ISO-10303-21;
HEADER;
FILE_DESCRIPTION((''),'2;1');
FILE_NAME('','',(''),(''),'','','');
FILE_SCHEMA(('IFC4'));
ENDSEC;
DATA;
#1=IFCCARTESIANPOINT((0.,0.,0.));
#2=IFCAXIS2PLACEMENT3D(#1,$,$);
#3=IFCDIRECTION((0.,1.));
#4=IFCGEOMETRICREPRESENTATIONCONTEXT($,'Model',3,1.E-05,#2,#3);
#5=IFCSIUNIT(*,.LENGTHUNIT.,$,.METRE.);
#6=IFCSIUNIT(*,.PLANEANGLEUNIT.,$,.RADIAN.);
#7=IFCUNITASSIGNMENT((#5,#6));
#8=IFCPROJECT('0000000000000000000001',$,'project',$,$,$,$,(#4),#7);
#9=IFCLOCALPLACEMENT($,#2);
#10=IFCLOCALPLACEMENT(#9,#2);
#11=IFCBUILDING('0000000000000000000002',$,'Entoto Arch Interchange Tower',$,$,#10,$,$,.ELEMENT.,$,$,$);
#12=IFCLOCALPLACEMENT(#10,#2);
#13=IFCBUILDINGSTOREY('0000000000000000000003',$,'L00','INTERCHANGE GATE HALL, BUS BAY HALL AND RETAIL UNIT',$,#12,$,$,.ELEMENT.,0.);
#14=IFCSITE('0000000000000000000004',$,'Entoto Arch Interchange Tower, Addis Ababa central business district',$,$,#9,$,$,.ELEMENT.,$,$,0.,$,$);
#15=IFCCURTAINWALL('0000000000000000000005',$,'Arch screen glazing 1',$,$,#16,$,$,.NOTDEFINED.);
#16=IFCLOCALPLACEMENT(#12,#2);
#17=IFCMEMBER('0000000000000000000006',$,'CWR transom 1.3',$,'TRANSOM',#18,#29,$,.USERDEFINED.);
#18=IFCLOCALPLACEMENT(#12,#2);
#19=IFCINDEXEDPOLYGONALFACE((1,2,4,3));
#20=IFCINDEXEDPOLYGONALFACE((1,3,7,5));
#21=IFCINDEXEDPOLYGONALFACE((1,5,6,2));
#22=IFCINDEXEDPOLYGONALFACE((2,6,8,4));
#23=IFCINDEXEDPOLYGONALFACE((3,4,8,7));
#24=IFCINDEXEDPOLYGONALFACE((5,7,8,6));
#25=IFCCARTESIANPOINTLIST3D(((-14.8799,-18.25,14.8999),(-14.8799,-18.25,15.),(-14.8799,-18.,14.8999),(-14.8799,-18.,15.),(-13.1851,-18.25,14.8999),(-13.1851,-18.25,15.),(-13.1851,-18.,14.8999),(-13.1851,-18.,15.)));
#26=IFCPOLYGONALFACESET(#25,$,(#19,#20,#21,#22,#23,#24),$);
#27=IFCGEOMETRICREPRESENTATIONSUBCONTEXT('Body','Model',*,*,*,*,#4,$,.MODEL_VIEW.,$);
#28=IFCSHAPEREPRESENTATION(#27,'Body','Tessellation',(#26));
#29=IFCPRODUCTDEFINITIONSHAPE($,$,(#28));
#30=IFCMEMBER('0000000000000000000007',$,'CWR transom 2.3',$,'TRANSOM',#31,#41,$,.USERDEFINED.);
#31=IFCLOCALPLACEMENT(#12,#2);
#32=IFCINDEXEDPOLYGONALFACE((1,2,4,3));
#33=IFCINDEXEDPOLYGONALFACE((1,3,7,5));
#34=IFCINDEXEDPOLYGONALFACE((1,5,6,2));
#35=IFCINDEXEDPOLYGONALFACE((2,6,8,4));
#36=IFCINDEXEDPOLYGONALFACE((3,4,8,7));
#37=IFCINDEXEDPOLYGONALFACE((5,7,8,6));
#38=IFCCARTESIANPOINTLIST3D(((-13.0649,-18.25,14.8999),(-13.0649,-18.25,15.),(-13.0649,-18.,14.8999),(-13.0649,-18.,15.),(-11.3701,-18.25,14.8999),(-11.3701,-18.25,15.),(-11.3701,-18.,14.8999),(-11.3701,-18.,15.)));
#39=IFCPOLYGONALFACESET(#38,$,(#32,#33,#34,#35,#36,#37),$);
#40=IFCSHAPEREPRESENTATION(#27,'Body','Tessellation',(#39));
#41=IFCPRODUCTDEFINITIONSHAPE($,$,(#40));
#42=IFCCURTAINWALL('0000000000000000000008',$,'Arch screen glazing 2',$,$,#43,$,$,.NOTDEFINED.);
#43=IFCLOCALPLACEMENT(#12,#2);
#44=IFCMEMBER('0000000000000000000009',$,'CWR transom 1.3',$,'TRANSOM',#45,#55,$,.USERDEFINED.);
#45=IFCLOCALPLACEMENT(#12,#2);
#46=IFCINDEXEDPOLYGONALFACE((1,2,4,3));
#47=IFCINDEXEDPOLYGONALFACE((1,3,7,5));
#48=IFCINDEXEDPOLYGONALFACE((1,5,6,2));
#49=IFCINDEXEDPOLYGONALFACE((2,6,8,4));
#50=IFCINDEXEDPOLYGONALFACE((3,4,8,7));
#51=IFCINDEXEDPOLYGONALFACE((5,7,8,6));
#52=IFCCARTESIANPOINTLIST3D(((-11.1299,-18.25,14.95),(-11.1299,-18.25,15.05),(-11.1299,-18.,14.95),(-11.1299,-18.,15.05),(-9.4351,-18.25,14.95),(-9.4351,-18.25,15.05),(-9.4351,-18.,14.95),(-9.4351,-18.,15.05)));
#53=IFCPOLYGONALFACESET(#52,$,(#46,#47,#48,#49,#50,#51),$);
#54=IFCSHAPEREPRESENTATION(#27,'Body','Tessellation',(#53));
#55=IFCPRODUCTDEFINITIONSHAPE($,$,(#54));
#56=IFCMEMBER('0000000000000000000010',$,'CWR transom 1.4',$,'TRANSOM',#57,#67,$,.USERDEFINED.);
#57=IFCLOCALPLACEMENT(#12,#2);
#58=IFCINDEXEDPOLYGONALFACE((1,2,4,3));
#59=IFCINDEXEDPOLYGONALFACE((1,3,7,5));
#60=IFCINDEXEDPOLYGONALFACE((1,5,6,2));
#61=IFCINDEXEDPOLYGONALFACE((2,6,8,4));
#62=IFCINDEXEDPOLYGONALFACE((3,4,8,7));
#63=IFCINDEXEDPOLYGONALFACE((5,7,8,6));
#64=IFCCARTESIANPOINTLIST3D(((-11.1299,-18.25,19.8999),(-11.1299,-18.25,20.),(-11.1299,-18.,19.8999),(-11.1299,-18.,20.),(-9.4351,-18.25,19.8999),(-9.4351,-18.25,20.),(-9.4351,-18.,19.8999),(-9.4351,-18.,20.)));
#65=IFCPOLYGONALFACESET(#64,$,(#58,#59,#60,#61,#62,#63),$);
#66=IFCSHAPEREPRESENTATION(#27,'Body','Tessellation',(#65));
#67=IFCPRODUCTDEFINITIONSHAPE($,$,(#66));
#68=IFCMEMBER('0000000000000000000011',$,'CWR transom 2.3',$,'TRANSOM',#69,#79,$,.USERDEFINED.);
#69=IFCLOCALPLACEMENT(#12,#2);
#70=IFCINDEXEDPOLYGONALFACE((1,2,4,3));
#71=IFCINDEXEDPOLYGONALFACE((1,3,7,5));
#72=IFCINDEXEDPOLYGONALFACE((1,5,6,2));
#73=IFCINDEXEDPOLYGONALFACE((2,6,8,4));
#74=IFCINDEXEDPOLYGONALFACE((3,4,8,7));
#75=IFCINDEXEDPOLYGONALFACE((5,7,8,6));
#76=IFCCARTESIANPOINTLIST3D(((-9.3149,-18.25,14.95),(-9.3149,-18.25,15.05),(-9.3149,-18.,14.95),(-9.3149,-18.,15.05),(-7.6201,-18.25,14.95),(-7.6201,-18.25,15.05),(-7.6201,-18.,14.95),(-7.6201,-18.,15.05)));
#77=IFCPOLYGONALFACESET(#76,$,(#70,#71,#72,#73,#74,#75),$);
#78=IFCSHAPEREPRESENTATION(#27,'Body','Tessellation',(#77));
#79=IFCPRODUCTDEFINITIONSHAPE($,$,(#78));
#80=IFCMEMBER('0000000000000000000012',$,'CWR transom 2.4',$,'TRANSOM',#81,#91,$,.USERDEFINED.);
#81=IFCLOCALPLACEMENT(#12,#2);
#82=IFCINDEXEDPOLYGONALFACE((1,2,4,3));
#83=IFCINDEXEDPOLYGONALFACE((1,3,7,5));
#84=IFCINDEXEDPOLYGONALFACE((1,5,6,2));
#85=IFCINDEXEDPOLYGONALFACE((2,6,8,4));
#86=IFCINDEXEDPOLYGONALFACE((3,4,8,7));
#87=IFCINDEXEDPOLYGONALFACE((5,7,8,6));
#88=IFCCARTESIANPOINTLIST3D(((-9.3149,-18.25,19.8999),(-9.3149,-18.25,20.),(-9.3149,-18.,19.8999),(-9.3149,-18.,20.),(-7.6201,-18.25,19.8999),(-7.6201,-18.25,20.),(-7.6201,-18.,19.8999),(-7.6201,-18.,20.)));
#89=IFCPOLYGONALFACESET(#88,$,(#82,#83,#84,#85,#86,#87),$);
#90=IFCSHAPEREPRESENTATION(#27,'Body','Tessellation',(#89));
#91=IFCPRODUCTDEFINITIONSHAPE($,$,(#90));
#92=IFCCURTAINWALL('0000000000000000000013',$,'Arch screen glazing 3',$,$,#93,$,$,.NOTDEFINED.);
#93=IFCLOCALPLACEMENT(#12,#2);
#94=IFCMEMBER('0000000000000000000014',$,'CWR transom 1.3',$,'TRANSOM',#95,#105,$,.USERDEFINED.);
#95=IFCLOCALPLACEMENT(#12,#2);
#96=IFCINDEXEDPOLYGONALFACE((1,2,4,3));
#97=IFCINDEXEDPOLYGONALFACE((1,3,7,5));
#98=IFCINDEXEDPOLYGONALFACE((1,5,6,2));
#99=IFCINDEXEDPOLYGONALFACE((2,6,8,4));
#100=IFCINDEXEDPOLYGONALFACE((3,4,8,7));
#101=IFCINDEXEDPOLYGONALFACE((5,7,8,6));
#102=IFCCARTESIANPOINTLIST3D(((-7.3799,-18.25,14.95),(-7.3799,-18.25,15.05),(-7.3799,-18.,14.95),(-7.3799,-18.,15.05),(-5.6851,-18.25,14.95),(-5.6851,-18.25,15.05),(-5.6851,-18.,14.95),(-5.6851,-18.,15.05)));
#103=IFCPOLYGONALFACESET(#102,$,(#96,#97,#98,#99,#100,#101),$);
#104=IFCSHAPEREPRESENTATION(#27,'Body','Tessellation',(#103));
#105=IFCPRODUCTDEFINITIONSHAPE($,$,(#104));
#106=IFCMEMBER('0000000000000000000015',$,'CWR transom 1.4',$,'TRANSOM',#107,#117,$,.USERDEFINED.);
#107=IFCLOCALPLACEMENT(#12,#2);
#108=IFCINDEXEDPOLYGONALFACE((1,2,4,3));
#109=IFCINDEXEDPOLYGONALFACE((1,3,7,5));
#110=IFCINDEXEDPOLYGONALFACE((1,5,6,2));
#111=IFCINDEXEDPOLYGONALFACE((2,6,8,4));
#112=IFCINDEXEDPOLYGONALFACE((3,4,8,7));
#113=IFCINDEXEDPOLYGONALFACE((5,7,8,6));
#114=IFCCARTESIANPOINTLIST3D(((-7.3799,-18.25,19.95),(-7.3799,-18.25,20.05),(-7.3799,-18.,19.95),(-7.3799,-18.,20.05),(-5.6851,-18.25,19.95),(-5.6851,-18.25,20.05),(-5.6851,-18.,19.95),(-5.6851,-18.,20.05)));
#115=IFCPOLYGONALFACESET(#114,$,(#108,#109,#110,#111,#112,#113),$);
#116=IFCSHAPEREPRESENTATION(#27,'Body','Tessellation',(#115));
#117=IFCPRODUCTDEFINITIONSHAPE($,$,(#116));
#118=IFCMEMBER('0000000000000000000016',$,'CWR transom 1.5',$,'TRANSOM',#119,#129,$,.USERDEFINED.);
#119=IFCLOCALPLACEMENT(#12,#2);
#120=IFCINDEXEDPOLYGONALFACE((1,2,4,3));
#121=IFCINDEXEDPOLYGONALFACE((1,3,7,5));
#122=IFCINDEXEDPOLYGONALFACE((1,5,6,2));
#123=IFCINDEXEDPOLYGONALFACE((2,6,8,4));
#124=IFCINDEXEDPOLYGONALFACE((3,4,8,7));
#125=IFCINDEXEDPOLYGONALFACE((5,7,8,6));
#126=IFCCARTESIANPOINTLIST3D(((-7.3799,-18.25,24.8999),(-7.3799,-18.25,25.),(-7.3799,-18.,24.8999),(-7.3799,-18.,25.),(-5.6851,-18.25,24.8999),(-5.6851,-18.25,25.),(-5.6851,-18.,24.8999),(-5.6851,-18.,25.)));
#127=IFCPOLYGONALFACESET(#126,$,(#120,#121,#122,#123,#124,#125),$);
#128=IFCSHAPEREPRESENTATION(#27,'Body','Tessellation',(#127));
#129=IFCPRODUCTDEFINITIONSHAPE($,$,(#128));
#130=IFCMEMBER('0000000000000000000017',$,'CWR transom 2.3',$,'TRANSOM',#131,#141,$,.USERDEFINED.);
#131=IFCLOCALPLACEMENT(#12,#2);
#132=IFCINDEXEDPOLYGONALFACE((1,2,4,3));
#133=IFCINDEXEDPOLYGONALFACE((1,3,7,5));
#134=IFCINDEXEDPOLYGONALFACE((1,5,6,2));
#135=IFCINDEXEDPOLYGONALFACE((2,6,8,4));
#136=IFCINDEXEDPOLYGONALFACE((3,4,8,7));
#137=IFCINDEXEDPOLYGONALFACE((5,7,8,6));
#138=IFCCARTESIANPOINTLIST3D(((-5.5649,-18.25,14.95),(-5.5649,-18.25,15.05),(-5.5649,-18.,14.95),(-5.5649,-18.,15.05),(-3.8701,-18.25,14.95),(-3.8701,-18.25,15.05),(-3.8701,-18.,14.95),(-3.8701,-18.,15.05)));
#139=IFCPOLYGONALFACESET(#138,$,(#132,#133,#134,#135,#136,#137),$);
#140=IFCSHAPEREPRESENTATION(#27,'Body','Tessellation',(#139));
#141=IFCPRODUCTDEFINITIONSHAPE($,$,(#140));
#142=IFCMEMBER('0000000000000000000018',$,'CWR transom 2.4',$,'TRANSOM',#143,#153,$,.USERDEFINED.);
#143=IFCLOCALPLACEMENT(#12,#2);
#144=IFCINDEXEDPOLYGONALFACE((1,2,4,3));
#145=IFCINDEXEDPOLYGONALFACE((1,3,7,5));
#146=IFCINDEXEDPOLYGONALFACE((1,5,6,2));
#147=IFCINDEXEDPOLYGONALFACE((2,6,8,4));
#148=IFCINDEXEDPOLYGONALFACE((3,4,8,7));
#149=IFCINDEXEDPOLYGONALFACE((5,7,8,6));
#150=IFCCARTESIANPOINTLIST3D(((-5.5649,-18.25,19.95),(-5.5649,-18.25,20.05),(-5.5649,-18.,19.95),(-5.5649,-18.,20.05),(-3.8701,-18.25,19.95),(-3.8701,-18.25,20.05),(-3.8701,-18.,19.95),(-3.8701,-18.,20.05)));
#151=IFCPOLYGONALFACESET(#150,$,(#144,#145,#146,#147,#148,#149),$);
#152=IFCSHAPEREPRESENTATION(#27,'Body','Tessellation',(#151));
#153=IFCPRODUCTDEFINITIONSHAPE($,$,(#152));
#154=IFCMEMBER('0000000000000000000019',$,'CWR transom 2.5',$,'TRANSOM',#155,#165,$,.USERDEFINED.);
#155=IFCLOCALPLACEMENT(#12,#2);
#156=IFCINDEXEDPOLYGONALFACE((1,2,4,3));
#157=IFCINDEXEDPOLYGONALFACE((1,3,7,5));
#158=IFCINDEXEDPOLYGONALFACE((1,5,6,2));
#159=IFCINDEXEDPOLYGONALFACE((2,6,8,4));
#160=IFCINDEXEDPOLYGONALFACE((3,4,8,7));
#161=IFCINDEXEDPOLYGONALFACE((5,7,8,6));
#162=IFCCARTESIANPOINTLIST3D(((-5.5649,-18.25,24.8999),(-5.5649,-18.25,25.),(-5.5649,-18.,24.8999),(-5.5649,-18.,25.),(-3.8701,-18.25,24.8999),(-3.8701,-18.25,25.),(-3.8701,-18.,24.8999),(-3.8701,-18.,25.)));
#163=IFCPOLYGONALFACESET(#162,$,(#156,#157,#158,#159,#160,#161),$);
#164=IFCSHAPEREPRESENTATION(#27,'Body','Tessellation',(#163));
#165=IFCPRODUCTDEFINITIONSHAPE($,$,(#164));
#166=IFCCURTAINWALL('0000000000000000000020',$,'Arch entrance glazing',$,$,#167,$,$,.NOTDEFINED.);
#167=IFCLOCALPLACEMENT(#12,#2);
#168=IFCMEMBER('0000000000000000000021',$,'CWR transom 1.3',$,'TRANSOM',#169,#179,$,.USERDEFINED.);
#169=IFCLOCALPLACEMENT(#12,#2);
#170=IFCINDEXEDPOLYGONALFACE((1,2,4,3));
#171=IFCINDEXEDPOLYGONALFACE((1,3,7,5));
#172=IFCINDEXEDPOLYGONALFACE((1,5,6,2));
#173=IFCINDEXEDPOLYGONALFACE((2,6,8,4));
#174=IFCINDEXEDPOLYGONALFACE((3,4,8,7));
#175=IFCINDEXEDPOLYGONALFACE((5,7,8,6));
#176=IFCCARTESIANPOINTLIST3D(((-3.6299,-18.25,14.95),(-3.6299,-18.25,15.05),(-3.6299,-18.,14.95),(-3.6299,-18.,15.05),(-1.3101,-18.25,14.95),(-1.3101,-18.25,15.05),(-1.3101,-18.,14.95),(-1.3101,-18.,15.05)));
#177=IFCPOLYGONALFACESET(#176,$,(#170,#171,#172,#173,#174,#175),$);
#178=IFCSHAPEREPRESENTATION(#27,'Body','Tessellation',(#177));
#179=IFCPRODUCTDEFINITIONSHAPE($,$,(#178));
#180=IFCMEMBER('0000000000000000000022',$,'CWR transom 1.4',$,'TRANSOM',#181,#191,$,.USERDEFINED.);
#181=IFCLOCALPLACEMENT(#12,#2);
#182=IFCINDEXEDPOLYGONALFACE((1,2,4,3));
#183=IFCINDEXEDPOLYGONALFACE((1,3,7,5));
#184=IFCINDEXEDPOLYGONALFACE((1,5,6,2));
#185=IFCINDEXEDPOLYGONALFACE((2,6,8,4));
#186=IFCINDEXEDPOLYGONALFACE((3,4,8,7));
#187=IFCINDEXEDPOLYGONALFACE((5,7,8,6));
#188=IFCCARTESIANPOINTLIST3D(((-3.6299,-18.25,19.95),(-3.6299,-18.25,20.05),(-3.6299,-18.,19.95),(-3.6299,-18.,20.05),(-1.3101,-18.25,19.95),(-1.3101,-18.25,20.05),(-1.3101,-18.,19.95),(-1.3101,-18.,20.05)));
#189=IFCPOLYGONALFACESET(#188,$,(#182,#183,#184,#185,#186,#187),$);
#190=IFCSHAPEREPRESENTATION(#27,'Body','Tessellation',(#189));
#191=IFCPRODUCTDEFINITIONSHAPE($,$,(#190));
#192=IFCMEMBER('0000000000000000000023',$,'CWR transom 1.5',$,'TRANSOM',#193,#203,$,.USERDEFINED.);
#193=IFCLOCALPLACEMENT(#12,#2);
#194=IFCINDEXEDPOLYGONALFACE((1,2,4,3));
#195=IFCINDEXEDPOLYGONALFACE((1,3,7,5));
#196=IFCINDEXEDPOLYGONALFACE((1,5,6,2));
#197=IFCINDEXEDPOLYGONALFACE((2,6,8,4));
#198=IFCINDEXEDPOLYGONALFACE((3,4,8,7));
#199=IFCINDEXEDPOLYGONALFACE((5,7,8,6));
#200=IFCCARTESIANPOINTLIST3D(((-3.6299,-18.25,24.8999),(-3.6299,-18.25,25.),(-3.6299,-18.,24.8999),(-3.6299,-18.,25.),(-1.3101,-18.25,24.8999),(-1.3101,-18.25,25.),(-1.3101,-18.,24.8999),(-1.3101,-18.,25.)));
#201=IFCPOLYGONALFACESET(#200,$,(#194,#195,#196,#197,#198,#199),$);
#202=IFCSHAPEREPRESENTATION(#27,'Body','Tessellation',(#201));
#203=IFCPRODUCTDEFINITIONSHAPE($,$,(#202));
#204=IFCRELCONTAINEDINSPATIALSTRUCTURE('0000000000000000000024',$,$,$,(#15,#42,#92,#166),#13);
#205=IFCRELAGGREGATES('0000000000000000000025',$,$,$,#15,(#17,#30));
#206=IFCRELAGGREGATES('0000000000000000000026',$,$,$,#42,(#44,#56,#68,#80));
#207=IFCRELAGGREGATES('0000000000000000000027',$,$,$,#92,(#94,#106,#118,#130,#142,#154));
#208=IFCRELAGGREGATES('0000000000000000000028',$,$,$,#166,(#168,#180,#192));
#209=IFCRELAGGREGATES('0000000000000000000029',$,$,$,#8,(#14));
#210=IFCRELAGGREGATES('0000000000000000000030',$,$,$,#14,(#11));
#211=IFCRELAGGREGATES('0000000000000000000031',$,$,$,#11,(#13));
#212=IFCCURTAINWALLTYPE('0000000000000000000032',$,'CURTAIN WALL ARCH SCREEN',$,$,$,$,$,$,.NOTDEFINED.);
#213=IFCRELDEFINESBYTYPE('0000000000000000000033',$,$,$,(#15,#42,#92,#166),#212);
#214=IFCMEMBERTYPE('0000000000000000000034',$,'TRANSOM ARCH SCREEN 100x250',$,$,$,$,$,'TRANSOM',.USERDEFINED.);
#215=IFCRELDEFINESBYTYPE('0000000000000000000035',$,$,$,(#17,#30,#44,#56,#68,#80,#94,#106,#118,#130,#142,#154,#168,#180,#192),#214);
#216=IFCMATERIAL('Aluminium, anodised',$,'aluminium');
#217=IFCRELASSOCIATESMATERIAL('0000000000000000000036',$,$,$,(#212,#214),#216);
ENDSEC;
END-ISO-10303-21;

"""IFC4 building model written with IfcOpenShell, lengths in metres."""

from ifc_helpers import new_model, si_unit, direction, frame, origin, origin_2d, place, context, subcontext, project, spatial, rectangle, extrude, material, material_profile, profile_set, type_object, element, aggregate, save


model = new_model("IFC4")

# Units and contexts
model_context = context("Model", 3, precision=1e-05, world=origin(), true_north=direction((0.0, 1.0)))
body_context = subcontext(model_context, "Body", "Model", "MODEL_VIEW")
ifc_project = project(units=[si_unit("LENGTHUNIT", "METRE"), si_unit("PLANEANGLEUNIT", "RADIAN")], contexts=[model_context])

# Site, building, storey
site_placement = place(None, origin())
site = spatial("IfcSite", under=ifc_project, at=site_placement, Name="Entoto Arch Interchange Tower, Addis Ababa central business district", CompositionType="ELEMENT", RefElevation=0.0)
building_placement = place(site_placement, origin())
building = spatial("IfcBuilding", under=site, at=building_placement, Name="Entoto Arch Interchange Tower", CompositionType="ELEMENT")
storey_placement = place(building_placement, origin())
storey = spatial("IfcBuildingStorey", under=building, at=storey_placement, Name="L00", Description="INTERCHANGE GATE HALL, BUS BAY HALL AND RETAIL UNIT", CompositionType="ELEMENT", Elevation=0.0)

# Curtain walls, members
ifc_material_1 = material(Name="Aluminium, anodised", Category="aluminium")
curtain_wall_type = type_object("IfcCurtainWallType", Name="CURTAIN WALL ARCH SCREEN", PredefinedType="NOTDEFINED", material=ifc_material_1)
curtain_wall_1_placement = place(storey_placement, origin())
curtain_wall_1 = element("IfcCurtainWall", 1, at=curtain_wall_1_placement, inside=storey, type_object=curtain_wall_type, Name="Arch screen glazing 1", PredefinedType="NOTDEFINED")
ifc_material_profile = material_profile(ifc_material_1, rectangle(XDim=0.25, YDim=0.1001, at=origin_2d()))
ifc_profile_set = profile_set([ifc_material_profile], Name="Aluminium, anodised")
member_type = type_object("IfcMemberType", Name="TRANSOM ARCH SCREEN 100x250", ElementType="TRANSOM", PredefinedType="USERDEFINED", material=ifc_profile_set)
member_1_placement = place(storey_placement, frame((-14.8799, -18.125, 14.95), z_axis=(1.0, 0.0, 0.0), x_axis=(0.0, 1.0, 0.0)))
member_1 = element("IfcMember", 2, at=member_1_placement, type_object=member_type, Name="CWR transom 1.3", ObjectType="TRANSOM", PredefinedType="USERDEFINED", context=body_context, shape_type="SweptSolid", body=[
    extrude(rectangle(XDim=0.25, YDim=0.1001, at=origin_2d()), origin(), (0.0, 0.0, 1.0), 1.6948),
])
member_2_placement = place(storey_placement, frame((-13.0649, -18.125, 14.95), z_axis=(1.0, 0.0, 0.0), x_axis=(0.0, 1.0, 0.0)))
member_2 = element("IfcMember", 3, at=member_2_placement, type_object=member_type, Name="CWR transom 2.3", ObjectType="TRANSOM", PredefinedType="USERDEFINED", context=body_context, shape_type="SweptSolid", body=[
    extrude(rectangle(XDim=0.25, YDim=0.1001, at=origin_2d()), origin(), (0.0, 0.0, 1.0), 1.6948),
])
aggregate(curtain_wall_1, [member_1, member_2])
curtain_wall_2_placement = place(storey_placement, origin())
curtain_wall_2 = element("IfcCurtainWall", 4, at=curtain_wall_2_placement, inside=storey, type_object=curtain_wall_type, Name="Arch screen glazing 2", PredefinedType="NOTDEFINED")
member_3_placement = place(storey_placement, frame((-11.1299, -18.125, 15.0), z_axis=(1.0, 0.0, 0.0), x_axis=(0.0, 1.0, 0.0)))
member_3 = element("IfcMember", 5, at=member_3_placement, type_object=member_type, Name="CWR transom 1.3", ObjectType="TRANSOM", PredefinedType="USERDEFINED", context=body_context, shape_type="SweptSolid", body=[
    extrude(rectangle(XDim=0.25, YDim=0.1001, at=origin_2d()), origin(), (0.0, 0.0, 1.0), 1.6948),
])
member_4_placement = place(storey_placement, frame((-11.1299, -18.125, 19.95), z_axis=(1.0, 0.0, 0.0), x_axis=(0.0, 1.0, 0.0)))
member_4 = element("IfcMember", 6, at=member_4_placement, type_object=member_type, Name="CWR transom 1.4", ObjectType="TRANSOM", PredefinedType="USERDEFINED", context=body_context, shape_type="SweptSolid", body=[
    extrude(rectangle(XDim=0.25, YDim=0.1001, at=origin_2d()), origin(), (0.0, 0.0, 1.0), 1.6948),
])
member_5_placement = place(storey_placement, frame((-9.3149, -18.125, 15.0), z_axis=(1.0, 0.0, 0.0), x_axis=(0.0, 1.0, 0.0)))
member_5 = element("IfcMember", 7, at=member_5_placement, type_object=member_type, Name="CWR transom 2.3", ObjectType="TRANSOM", PredefinedType="USERDEFINED", context=body_context, shape_type="SweptSolid", body=[
    extrude(rectangle(XDim=0.25, YDim=0.1001, at=origin_2d()), origin(), (0.0, 0.0, 1.0), 1.6948),
])
member_6_placement = place(storey_placement, frame((-9.3149, -18.125, 19.95), z_axis=(1.0, 0.0, 0.0), x_axis=(0.0, 1.0, 0.0)))
member_6 = element("IfcMember", 8, at=member_6_placement, type_object=member_type, Name="CWR transom 2.4", ObjectType="TRANSOM", PredefinedType="USERDEFINED", context=body_context, shape_type="SweptSolid", body=[
    extrude(rectangle(XDim=0.25, YDim=0.1001, at=origin_2d()), origin(), (0.0, 0.0, 1.0), 1.6948),
])
curtain_wall_3_placement = place(storey_placement, origin())
curtain_wall_3 = element("IfcCurtainWall", 9, at=curtain_wall_3_placement, inside=storey, type_object=curtain_wall_type, Name="Arch screen glazing 3", PredefinedType="NOTDEFINED")
member_7_placement = place(storey_placement, frame((-7.3799, -18.125, 15.0), z_axis=(1.0, 0.0, 0.0), x_axis=(0.0, 1.0, 0.0)))
member_7 = element("IfcMember", 10, at=member_7_placement, type_object=member_type, Name="CWR transom 1.3", ObjectType="TRANSOM", PredefinedType="USERDEFINED", context=body_context, shape_type="SweptSolid", body=[
    extrude(rectangle(XDim=0.25, YDim=0.1001, at=origin_2d()), origin(), (0.0, 0.0, 1.0), 1.6948),
])
member_8_placement = place(storey_placement, frame((-7.3799, -18.125, 20.0), z_axis=(1.0, 0.0, 0.0), x_axis=(0.0, 1.0, 0.0)))
member_8 = element("IfcMember", 11, at=member_8_placement, type_object=member_type, Name="CWR transom 1.4", ObjectType="TRANSOM", PredefinedType="USERDEFINED", context=body_context, shape_type="SweptSolid", body=[
    extrude(rectangle(XDim=0.25, YDim=0.1001, at=origin_2d()), origin(), (0.0, 0.0, 1.0), 1.6948),
])
member_9_placement = place(storey_placement, frame((-7.3799, -18.125, 24.95), z_axis=(1.0, 0.0, 0.0), x_axis=(0.0, 1.0, 0.0)))
member_9 = element("IfcMember", 12, at=member_9_placement, type_object=member_type, Name="CWR transom 1.5", ObjectType="TRANSOM", PredefinedType="USERDEFINED", context=body_context, shape_type="SweptSolid", body=[
    extrude(rectangle(XDim=0.25, YDim=0.1001, at=origin_2d()), origin(), (0.0, 0.0, 1.0), 1.6948),
])
member_10_placement = place(storey_placement, frame((-5.5649, -18.125, 15.0), z_axis=(1.0, 0.0, 0.0), x_axis=(0.0, 1.0, 0.0)))
member_10 = element("IfcMember", 13, at=member_10_placement, type_object=member_type, Name="CWR transom 2.3", ObjectType="TRANSOM", PredefinedType="USERDEFINED", context=body_context, shape_type="SweptSolid", body=[
    extrude(rectangle(XDim=0.25, YDim=0.1001, at=origin_2d()), origin(), (0.0, 0.0, 1.0), 1.6948),
])
member_11_placement = place(storey_placement, frame((-5.5649, -18.125, 20.0), z_axis=(1.0, 0.0, 0.0), x_axis=(0.0, 1.0, 0.0)))
member_11 = element("IfcMember", 14, at=member_11_placement, type_object=member_type, Name="CWR transom 2.4", ObjectType="TRANSOM", PredefinedType="USERDEFINED", context=body_context, shape_type="SweptSolid", body=[
    extrude(rectangle(XDim=0.25, YDim=0.1001, at=origin_2d()), origin(), (0.0, 0.0, 1.0), 1.6948),
])
member_12_placement = place(storey_placement, frame((-5.5649, -18.125, 24.95), z_axis=(1.0, 0.0, 0.0), x_axis=(0.0, 1.0, 0.0)))
member_12 = element("IfcMember", 15, at=member_12_placement, type_object=member_type, Name="CWR transom 2.5", ObjectType="TRANSOM", PredefinedType="USERDEFINED", context=body_context, shape_type="SweptSolid", body=[
    extrude(rectangle(XDim=0.25, YDim=0.1001, at=origin_2d()), origin(), (0.0, 0.0, 1.0), 1.6948),
])
curtain_wall_4_placement = place(storey_placement, origin())
curtain_wall_4 = element("IfcCurtainWall", 16, at=curtain_wall_4_placement, inside=storey, type_object=curtain_wall_type, Name="Arch entrance glazing", PredefinedType="NOTDEFINED")
member_13_placement = place(storey_placement, frame((-3.6299, -18.125, 15.0), z_axis=(1.0, 0.0, 0.0), x_axis=(0.0, 1.0, 0.0)))
member_13 = element("IfcMember", 17, at=member_13_placement, type_object=member_type, Name="CWR transom 1.3", ObjectType="TRANSOM", PredefinedType="USERDEFINED", context=body_context, shape_type="SweptSolid", body=[
    extrude(rectangle(XDim=0.25, YDim=0.1001, at=origin_2d()), origin(), (0.0, 0.0, 1.0), 2.3198),
])
member_14_placement = place(storey_placement, frame((-3.6299, -18.125, 20.0), z_axis=(1.0, 0.0, 0.0), x_axis=(0.0, 1.0, 0.0)))
member_14 = element("IfcMember", 18, at=member_14_placement, type_object=member_type, Name="CWR transom 1.4", ObjectType="TRANSOM", PredefinedType="USERDEFINED", context=body_context, shape_type="SweptSolid", body=[
    extrude(rectangle(XDim=0.25, YDim=0.1001, at=origin_2d()), origin(), (0.0, 0.0, 1.0), 2.3198),
])
member_15_placement = place(storey_placement, frame((-3.6299, -18.125, 24.95), z_axis=(1.0, 0.0, 0.0), x_axis=(0.0, 1.0, 0.0)))
member_15 = element("IfcMember", 19, at=member_15_placement, type_object=member_type, Name="CWR transom 1.5", ObjectType="TRANSOM", PredefinedType="USERDEFINED", context=body_context, shape_type="SweptSolid", body=[
    extrude(rectangle(XDim=0.25, YDim=0.1001, at=origin_2d()), origin(), (0.0, 0.0, 1.0), 2.3198),
])

aggregate(curtain_wall_2, [member_3, member_4, member_5, member_6])
aggregate(curtain_wall_3, [member_7, member_8, member_9, member_10, member_11, member_12])
aggregate(curtain_wall_4, [member_13, member_14, member_15])

save(model, "model.ifc")
